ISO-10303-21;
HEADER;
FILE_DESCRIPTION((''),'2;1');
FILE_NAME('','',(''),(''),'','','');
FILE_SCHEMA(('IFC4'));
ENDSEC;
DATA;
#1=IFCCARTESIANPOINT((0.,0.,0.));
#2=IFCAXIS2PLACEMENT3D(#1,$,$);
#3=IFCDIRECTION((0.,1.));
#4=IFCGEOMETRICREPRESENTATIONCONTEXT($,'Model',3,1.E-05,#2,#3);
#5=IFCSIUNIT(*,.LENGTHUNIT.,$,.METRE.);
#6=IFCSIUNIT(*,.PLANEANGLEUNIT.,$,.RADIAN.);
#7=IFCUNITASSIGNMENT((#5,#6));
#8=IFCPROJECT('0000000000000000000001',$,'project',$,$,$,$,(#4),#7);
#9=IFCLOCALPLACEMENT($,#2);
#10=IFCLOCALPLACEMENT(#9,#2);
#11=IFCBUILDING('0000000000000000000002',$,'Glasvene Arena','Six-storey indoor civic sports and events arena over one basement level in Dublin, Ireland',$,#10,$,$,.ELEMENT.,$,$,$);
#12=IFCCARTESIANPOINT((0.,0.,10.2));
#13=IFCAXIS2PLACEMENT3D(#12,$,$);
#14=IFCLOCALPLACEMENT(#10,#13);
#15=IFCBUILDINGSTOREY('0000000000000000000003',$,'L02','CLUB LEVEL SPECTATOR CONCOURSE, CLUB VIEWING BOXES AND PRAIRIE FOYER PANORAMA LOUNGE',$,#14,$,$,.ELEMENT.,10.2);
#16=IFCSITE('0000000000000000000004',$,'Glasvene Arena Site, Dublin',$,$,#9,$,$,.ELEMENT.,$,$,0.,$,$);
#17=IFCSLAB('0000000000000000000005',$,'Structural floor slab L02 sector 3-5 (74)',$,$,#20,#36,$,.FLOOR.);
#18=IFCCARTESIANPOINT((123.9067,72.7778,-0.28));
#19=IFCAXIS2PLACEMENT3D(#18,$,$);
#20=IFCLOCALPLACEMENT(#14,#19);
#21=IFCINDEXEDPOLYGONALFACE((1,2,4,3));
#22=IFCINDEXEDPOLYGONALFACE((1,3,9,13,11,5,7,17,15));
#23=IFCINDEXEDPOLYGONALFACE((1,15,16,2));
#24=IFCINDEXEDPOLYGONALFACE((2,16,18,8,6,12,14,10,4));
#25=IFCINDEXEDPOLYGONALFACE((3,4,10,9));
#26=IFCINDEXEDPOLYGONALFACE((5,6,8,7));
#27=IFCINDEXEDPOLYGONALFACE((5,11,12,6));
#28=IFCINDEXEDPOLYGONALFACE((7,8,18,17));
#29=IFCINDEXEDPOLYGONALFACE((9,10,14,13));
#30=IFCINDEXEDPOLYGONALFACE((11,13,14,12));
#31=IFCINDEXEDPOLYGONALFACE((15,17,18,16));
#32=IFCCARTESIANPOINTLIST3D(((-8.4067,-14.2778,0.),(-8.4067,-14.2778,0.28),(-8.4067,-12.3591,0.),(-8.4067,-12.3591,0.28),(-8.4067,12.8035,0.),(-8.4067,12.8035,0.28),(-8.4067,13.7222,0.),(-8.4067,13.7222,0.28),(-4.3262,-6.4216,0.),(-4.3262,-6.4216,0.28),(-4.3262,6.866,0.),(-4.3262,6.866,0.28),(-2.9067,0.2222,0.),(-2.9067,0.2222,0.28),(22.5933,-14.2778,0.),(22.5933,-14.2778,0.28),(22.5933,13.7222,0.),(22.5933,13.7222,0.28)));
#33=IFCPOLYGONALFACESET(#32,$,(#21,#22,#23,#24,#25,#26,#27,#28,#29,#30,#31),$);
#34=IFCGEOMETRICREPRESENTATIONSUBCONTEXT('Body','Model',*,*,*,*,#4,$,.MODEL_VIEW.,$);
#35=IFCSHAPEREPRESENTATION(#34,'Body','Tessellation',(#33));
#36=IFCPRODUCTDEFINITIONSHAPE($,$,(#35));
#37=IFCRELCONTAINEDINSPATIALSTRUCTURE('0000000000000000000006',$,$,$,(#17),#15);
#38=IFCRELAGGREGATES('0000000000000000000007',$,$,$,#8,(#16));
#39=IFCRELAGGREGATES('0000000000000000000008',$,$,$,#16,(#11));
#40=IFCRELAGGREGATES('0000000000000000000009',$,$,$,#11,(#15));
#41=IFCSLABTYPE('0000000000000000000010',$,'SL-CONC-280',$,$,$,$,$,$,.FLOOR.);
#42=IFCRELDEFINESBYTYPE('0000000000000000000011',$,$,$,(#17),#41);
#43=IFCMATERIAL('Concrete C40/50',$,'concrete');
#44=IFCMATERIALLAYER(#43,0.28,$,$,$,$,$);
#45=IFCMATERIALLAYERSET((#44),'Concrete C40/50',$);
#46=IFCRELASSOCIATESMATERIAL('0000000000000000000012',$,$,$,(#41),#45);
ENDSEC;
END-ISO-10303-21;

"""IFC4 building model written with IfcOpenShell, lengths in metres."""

from ifc_helpers import new_model, si_unit, direction, frame, origin, place, context, subcontext, project, spatial, polyline, outline, extrude, material, layer, layer_set, type_object, element, save


model = new_model("IFC4")

# Units and contexts
model_context = context("Model", 3, precision=1e-05, world=origin(), true_north=direction((0.0, 1.0)))
body_context = subcontext(model_context, "Body", "Model", "MODEL_VIEW")
ifc_project = project(units=[si_unit("LENGTHUNIT", "METRE"), si_unit("PLANEANGLEUNIT", "RADIAN")], contexts=[model_context])

# Site, building, storey
site_placement = place(None, origin())
site = spatial("IfcSite", under=ifc_project, at=site_placement, Name="Glasvene Arena Site, Dublin", CompositionType="ELEMENT", RefElevation=0.0)
building_placement = place(site_placement, origin())
building = spatial("IfcBuilding", under=site, at=building_placement, Name="Glasvene Arena", Description="Six-storey indoor civic sports and events arena over one basement level in Dublin, Ireland", CompositionType="ELEMENT")
storey_placement = place(building_placement, frame((0.0, 0.0, 10.2)))
storey = spatial("IfcBuildingStorey", under=building, at=storey_placement, Name="L02", Description="CLUB LEVEL SPECTATOR CONCOURSE, CLUB VIEWING BOXES AND PRAIRIE FOYER PANORAMA LOUNGE", CompositionType="ELEMENT", Elevation=10.2)

# Shared definitions
ifc_material_1 = material(Name="Concrete C40/50", Category="concrete")

# Slab
ifc_layer_1 = layer(ifc_material_1, 0.28)
ifc_layer_set_1 = layer_set([ifc_layer_1], Name="Concrete C40/50")
slab_type = type_object("IfcSlabType", Name="SL-CONC-280", PredefinedType="FLOOR", material=ifc_layer_set_1)
slab_placement = place(storey_placement, frame((123.9067, 72.7778, -0.28)))
element("IfcSlab", 1, at=slab_placement, inside=storey, type_object=slab_type, Name="Structural floor slab L02 sector 3-5 (74)", PredefinedType="FLOOR", context=body_context, shape_type="SweptSolid", body=[
    extrude(outline(polyline([(-8.4067, 12.8035), (-8.4067, 13.7222), (22.5933, 13.7222), (22.5933, -14.2778), (-8.4067, -14.2778), (-8.4067, -12.3591), (-4.3262, -6.4216), (-2.9067, 0.2222), (-4.3262, 6.866), (-8.4067, 12.8035)])), origin(), (0.0, 0.0, 1.0), 0.28),
])

save(model, "model.ifc")
